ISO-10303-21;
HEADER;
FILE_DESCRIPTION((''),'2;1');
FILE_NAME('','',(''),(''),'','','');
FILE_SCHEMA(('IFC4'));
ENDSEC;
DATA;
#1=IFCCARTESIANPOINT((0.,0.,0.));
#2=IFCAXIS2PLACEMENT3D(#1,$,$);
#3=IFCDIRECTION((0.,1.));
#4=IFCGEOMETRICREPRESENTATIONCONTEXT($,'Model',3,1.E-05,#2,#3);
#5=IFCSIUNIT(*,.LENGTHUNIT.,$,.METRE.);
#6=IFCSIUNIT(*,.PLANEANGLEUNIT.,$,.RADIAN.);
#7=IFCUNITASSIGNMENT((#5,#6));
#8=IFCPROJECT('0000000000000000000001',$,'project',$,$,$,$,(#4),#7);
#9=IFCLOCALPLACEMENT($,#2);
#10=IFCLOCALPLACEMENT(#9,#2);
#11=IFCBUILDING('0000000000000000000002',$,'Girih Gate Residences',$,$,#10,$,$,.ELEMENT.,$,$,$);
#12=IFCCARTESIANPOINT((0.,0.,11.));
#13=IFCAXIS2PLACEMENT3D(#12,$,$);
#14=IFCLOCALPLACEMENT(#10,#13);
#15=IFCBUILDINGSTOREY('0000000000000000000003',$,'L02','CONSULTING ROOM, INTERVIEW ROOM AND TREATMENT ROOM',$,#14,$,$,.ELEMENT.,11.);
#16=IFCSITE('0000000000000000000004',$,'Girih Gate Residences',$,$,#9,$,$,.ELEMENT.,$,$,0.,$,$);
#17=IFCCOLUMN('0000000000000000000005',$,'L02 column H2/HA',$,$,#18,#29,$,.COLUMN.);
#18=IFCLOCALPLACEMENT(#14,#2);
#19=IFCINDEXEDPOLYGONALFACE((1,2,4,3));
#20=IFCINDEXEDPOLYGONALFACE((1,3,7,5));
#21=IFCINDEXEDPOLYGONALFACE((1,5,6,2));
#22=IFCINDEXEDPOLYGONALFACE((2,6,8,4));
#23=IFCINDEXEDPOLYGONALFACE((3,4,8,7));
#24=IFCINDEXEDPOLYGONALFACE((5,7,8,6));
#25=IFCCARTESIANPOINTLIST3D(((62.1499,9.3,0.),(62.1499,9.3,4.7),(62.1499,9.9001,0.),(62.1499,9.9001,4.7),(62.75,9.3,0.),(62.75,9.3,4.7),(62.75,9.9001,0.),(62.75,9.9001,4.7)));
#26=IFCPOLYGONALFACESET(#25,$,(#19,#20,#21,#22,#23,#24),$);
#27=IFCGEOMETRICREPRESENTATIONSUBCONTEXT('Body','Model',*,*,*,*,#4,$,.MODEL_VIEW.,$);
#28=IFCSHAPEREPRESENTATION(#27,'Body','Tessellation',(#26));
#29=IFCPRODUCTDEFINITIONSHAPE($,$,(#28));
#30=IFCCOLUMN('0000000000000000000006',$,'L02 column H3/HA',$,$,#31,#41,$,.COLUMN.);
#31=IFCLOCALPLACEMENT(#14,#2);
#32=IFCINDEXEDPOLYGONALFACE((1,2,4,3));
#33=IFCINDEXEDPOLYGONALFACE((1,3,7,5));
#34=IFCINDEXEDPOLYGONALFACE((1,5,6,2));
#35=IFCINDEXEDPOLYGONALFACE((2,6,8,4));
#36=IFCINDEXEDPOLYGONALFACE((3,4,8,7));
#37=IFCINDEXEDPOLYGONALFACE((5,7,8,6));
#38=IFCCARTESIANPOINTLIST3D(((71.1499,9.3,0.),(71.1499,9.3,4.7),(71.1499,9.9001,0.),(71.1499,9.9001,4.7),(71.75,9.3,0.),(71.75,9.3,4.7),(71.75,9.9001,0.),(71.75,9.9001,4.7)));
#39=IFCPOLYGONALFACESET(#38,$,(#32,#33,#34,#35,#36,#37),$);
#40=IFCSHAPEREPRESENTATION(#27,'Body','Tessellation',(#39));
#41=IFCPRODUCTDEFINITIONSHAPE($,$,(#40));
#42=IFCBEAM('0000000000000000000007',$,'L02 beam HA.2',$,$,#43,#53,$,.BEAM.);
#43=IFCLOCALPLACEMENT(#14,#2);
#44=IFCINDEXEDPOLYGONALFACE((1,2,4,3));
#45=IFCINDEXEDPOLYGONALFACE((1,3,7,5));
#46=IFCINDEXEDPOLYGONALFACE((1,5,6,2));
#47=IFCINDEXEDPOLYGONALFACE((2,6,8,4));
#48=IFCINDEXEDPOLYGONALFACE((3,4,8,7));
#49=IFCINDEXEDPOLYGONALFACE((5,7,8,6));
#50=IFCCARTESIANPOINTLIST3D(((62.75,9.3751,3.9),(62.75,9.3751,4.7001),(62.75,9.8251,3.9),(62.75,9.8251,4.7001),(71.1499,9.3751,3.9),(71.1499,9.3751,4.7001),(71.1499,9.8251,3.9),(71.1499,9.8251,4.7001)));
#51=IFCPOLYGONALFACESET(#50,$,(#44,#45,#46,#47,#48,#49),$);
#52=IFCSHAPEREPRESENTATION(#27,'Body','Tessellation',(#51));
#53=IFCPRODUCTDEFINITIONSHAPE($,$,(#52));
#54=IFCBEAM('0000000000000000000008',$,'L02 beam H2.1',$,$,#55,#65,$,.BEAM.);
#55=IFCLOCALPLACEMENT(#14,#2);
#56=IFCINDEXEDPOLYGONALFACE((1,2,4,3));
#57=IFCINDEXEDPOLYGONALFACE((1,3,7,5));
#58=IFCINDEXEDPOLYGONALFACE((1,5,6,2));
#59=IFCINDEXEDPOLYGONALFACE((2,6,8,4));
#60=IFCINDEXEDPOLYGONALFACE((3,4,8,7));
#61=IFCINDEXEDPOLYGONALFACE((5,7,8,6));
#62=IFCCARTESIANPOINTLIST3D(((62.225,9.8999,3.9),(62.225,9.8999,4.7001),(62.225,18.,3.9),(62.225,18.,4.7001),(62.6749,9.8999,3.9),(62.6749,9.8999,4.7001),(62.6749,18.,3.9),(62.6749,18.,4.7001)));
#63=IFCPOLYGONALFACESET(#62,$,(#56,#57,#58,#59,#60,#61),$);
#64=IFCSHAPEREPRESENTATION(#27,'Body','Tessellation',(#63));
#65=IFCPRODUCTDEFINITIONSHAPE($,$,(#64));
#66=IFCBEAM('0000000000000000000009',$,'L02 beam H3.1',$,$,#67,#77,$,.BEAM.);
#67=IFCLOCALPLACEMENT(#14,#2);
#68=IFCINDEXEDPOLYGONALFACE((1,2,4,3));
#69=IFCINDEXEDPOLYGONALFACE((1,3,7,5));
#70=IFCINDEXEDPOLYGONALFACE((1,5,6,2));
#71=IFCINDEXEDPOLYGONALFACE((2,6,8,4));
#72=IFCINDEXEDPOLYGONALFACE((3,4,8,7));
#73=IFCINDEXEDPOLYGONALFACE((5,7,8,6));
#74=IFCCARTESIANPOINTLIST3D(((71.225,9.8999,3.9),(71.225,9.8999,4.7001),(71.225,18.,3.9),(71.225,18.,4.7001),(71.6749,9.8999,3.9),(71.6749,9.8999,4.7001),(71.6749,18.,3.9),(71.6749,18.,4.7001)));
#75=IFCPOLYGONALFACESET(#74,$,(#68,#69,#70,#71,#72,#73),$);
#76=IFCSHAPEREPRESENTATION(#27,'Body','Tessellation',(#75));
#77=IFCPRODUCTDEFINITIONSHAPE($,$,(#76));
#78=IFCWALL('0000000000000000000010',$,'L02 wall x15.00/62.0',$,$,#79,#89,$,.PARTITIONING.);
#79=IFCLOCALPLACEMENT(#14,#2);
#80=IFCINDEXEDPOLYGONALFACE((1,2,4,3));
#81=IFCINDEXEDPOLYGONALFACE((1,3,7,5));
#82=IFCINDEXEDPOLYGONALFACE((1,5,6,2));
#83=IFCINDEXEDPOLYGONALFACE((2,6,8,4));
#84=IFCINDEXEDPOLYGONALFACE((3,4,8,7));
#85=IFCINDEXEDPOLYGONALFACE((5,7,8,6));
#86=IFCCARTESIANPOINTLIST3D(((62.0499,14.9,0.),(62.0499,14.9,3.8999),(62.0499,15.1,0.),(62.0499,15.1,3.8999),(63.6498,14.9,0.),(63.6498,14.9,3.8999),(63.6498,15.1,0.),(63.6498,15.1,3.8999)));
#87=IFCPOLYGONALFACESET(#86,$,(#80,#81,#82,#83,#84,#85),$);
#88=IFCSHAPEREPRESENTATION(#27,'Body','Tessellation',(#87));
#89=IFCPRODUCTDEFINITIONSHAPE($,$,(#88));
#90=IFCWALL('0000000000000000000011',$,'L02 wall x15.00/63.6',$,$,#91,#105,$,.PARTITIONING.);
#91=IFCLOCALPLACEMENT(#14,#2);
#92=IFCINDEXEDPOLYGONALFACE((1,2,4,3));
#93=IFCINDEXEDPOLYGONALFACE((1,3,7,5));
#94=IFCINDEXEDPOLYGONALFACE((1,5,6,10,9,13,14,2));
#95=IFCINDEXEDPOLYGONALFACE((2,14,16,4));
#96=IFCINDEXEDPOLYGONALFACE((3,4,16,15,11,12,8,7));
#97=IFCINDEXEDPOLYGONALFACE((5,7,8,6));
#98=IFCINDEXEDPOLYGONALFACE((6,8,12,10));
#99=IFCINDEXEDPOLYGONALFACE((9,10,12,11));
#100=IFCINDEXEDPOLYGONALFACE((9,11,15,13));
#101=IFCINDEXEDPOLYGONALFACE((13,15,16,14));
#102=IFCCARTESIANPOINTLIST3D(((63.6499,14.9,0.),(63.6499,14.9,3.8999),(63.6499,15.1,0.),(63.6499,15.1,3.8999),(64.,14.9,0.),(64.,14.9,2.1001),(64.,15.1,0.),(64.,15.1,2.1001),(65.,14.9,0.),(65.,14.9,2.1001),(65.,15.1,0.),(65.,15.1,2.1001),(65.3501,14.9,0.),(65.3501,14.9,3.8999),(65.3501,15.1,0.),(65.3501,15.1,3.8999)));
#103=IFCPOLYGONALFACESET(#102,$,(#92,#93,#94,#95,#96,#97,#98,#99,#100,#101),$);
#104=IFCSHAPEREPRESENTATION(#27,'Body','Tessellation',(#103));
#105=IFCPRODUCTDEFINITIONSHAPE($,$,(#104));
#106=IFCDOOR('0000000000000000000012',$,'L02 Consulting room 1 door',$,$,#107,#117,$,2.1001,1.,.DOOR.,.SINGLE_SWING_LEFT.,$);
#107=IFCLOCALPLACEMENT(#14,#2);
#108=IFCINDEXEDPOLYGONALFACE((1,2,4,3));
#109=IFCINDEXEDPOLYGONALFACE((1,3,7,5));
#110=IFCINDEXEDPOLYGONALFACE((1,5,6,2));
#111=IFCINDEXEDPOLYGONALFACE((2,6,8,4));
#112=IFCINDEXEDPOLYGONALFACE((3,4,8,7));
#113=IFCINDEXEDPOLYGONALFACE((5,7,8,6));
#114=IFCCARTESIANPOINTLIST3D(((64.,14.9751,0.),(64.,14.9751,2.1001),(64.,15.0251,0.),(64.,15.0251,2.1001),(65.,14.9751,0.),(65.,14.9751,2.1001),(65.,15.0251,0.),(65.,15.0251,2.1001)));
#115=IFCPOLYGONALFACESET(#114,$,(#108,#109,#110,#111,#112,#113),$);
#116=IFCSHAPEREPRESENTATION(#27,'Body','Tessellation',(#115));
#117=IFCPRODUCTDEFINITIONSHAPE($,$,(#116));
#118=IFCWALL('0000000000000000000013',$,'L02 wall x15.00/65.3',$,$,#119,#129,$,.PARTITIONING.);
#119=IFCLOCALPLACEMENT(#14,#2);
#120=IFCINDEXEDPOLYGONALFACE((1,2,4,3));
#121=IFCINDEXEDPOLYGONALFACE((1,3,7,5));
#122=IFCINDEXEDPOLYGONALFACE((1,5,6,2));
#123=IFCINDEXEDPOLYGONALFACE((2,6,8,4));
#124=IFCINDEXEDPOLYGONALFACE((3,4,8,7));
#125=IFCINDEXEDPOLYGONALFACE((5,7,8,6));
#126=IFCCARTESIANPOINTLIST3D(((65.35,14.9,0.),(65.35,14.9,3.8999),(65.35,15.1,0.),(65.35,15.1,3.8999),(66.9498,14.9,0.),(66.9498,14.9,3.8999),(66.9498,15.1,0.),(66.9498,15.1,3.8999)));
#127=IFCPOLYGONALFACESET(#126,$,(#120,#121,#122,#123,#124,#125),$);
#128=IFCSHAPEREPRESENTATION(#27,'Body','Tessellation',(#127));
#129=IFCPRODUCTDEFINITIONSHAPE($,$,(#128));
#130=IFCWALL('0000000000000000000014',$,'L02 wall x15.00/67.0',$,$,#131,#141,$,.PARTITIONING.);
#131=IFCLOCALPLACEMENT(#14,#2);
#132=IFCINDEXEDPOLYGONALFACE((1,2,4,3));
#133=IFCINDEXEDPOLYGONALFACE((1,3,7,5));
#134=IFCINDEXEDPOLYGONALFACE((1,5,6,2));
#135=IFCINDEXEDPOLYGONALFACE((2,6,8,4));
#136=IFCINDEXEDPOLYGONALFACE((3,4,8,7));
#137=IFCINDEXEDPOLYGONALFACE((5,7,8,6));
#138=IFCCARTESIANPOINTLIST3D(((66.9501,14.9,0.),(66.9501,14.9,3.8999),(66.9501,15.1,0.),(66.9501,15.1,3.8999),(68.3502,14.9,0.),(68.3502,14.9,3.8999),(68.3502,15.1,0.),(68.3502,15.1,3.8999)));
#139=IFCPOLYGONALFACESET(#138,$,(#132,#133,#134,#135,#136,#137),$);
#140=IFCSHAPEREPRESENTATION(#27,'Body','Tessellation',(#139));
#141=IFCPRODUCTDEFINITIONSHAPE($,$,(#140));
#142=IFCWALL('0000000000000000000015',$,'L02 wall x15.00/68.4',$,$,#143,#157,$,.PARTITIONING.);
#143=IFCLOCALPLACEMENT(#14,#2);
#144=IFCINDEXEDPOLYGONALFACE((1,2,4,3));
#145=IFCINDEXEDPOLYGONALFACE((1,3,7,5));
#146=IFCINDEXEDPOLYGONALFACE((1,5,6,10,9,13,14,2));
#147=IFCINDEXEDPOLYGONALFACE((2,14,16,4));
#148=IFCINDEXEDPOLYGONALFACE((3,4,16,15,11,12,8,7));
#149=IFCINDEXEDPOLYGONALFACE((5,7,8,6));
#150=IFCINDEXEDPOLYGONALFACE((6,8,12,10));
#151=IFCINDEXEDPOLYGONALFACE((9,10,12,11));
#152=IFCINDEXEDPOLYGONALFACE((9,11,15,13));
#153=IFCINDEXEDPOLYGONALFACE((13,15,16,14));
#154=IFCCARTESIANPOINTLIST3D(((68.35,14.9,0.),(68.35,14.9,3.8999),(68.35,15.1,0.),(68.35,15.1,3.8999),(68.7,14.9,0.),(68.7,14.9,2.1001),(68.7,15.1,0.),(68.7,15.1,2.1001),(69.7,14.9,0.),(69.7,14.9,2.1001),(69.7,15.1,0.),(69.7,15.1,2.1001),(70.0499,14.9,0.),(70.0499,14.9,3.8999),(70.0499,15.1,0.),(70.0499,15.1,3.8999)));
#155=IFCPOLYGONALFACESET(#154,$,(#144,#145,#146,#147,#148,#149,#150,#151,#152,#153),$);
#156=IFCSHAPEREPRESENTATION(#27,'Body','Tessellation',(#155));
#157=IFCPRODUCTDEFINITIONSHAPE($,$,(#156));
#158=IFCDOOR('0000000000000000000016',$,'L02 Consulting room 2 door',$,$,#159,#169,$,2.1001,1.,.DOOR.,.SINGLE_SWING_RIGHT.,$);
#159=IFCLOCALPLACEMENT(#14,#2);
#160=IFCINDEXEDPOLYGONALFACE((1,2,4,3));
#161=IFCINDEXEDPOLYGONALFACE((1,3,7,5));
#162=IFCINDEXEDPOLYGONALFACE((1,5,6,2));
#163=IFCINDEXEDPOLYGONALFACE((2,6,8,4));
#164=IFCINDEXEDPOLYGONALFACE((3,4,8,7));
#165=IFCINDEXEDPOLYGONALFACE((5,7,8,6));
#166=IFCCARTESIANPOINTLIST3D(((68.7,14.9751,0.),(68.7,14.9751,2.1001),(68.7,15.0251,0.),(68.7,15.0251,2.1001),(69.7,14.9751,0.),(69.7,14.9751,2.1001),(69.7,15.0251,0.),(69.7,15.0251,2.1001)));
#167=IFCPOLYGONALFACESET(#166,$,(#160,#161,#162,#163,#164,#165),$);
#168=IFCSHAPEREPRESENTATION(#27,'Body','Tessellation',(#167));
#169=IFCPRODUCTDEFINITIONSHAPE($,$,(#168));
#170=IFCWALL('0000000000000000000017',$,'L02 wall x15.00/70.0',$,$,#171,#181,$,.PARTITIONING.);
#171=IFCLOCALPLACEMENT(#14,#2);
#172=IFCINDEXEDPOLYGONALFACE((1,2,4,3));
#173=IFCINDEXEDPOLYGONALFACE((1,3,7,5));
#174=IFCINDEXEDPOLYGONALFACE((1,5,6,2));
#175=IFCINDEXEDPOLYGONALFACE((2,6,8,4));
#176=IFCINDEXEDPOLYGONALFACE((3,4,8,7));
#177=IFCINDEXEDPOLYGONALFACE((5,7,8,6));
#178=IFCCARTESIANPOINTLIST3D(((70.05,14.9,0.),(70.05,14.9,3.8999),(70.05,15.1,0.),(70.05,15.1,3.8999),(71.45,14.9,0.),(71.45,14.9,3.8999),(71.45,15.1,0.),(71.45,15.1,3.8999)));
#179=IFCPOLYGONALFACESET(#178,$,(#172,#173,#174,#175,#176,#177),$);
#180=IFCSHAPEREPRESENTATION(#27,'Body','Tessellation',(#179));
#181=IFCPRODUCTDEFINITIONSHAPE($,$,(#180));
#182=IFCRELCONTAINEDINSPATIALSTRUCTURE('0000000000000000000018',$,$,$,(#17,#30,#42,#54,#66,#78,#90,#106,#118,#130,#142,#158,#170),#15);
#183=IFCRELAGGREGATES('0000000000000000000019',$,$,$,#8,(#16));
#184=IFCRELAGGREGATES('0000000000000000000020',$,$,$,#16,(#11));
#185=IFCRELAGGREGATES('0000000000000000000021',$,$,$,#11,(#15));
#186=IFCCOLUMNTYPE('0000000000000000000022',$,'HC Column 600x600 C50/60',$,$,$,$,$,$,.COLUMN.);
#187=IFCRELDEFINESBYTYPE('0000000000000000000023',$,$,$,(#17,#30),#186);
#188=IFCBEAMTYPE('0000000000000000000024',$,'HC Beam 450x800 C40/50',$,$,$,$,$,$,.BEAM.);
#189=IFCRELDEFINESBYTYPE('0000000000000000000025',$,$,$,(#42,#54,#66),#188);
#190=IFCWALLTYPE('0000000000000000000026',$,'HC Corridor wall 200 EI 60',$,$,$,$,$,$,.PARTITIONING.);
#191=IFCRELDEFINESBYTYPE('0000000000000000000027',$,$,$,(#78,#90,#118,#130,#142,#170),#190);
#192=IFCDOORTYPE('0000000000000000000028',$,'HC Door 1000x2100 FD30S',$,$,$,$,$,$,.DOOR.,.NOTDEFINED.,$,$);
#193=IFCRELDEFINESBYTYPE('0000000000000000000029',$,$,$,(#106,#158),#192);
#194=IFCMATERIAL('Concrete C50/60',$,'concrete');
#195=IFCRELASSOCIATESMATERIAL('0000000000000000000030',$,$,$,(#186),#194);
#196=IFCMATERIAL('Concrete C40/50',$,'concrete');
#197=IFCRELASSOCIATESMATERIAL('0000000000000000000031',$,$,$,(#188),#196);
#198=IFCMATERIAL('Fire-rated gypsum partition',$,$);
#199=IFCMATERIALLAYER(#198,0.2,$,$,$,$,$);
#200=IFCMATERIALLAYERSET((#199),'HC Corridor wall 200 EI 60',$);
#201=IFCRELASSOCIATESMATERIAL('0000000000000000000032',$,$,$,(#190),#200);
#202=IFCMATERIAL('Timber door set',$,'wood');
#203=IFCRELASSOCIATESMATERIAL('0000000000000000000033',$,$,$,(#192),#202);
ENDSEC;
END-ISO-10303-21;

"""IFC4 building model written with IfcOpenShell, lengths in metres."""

from ifc_helpers import new_model, si_unit, direction, frame, frame_2d, origin, origin_2d, place, context, subcontext, project, spatial, rectangle, extrude, material, layer, layer_set, material_profile, profile_set, type_object, element, fill, save


model = new_model("IFC4")

# Units and contexts
model_context = context("Model", 3, precision=1e-05, world=origin(), true_north=direction((0.0, 1.0)))
body_context = subcontext(model_context, "Body", "Model", "MODEL_VIEW")
ifc_project = project(units=[si_unit("LENGTHUNIT", "METRE"), si_unit("PLANEANGLEUNIT", "RADIAN")], contexts=[model_context])

# Site, building, storey
site_placement = place(None, origin())
site = spatial("IfcSite", under=ifc_project, at=site_placement, Name="Girih Gate Residences", CompositionType="ELEMENT", RefElevation=0.0)
building_placement = place(site_placement, origin())
building = spatial("IfcBuilding", under=site, at=building_placement, Name="Girih Gate Residences", CompositionType="ELEMENT")
storey_placement = place(building_placement, frame((0.0, 0.0, 11.0)))
storey = spatial("IfcBuildingStorey", under=building, at=storey_placement, Name="L02", Description="CONSULTING ROOM, INTERVIEW ROOM AND TREATMENT ROOM", CompositionType="ELEMENT", Elevation=11.0)

# Columns
ifc_material_1 = material(Name="Concrete C50/60", Category="concrete")
ifc_material_profile_1 = material_profile(ifc_material_1, rectangle(XDim=0.6001, YDim=0.6001, at=origin_2d()))
ifc_profile_set_1 = profile_set([ifc_material_profile_1], Name="Concrete C50/60")
column_type = type_object("IfcColumnType", Name="HC Column 600x600 C50/60", PredefinedType="COLUMN", material=ifc_profile_set_1)
for number, where, z_axis, x_axis, name in (
    (1, (62.45, 9.6001, 0.0), (0.0, 0.0, 1.0), (1.0, 0.0, 0.0), "L02 column H2/HA"),
    (2, (71.45, 9.6001, 0.0), (0.0, 0.0, 1.0), (1.0, 0.0, 0.0), "L02 column H3/HA"),
):
    element("IfcColumn", number, at=place(storey_placement, frame(where, z_axis=z_axis, x_axis=x_axis)), inside=storey, type_object=column_type, Name=name, PredefinedType="COLUMN", context=body_context, shape_type="SweptSolid", body=[
        extrude(rectangle(XDim=0.6001, YDim=0.6001, at=origin_2d()), origin(), (0.0, 0.0, 1.0), 4.7),
    ])

# Beams
ifc_material_2 = material(Name="Concrete C40/50", Category="concrete")
ifc_material_profile_2 = material_profile(ifc_material_2, rectangle(XDim=0.45, YDim=0.8, at=origin_2d()))
ifc_profile_set_2 = profile_set([ifc_material_profile_2], Name="Concrete C40/50")
beam_type = type_object("IfcBeamType", Name="HC Beam 450x800 C40/50", PredefinedType="BEAM", material=ifc_profile_set_2)
beam_placement = place(storey_placement, frame((62.75, 9.6001, 4.3), z_axis=(1.0, 0.0, 0.0), x_axis=(0.0, 1.0, 0.0)))
element("IfcBeam", 3, at=beam_placement, inside=storey, type_object=beam_type, Name="L02 beam HA.2", PredefinedType="BEAM", context=body_context, shape_type="SweptSolid", body=[
    extrude(rectangle(XDim=0.45, YDim=0.8, at=origin_2d()), origin(), (0.0, 0.0, 1.0), 8.3999),
])
for number, where, z_axis, x_axis, name in (
    (4, (62.45, 9.8999, 4.3), (0.0, 1.0, 0.0), (-1.0, 0.0, 0.0), "L02 beam H2.1"),
    (5, (71.45, 9.8999, 4.3), (0.0, 1.0, 0.0), (-1.0, 0.0, 0.0), "L02 beam H3.1"),
):
    element("IfcBeam", number, at=place(storey_placement, frame(where, z_axis=z_axis, x_axis=x_axis)), inside=storey, type_object=beam_type, Name=name, PredefinedType="BEAM", context=body_context, shape_type="SweptSolid", body=[
        extrude(rectangle(XDim=0.45, YDim=0.8, at=origin_2d()), origin(), (0.0, 0.0, 1.0), 8.1001),
    ])

# Wall
ifc_material_3 = material(Name="Fire-rated gypsum partition")
ifc_layer_1 = layer(ifc_material_3, 0.2)
ifc_layer_set_1 = layer_set([ifc_layer_1], Name="HC Corridor wall 200 EI 60")
wall_type_1 = type_object("IfcWallType", Name="HC Corridor wall 200 EI 60", PredefinedType="PARTITIONING", material=ifc_layer_set_1)
wall_1_placement = place(storey_placement, frame((62.05, 15.0, 0.0), z_axis=(0.0, 0.0, 1.0), x_axis=(1.0, 0.0, 0.0)))
element("IfcWall", 6, at=wall_1_placement, inside=storey, type_object=wall_type_1, Name="L02 wall x15.00/62.0", PredefinedType="PARTITIONING", context=body_context, shape_type="SweptSolid", body=[
    extrude(rectangle(XDim=1.5999, YDim=0.2, at=frame_2d((0.7998, 0.0))), origin(), (0.0, 0.0, 1.0), 3.8999),
])

# Wall, opening, door
wall_2_placement = place(storey_placement, frame((65.3501, 15.0, 0.0), z_axis=(0.0, 0.0, 1.0), x_axis=(-1.0, 0.0, 0.0)))
wall_2 = element("IfcWall", 7, at=wall_2_placement, inside=storey, type_object=wall_type_1, Name="L02 wall x15.00/63.6", PredefinedType="PARTITIONING", context=body_context, shape_type="SweptSolid", body=[
    extrude(rectangle(XDim=1.7002, YDim=0.2, at=frame_2d((0.8501, 0.0))), origin(), (0.0, 0.0, 1.0), 3.8999),
])
opening_1_placement = place(wall_2_placement, frame((0.3501, 0.0, 0.0)))
opening_1 = element("IfcOpeningElement", 8, at=opening_1_placement, cuts=wall_2, PredefinedType="OPENING", context=body_context, shape_type="SweptSolid", body=[
    extrude(rectangle(XDim=1.0, YDim=2.1001, at=frame_2d((0.5, 1.05))), frame((0.0, 0.1099, 0.0), z_axis=(0.0, -1.0, 0.0), x_axis=(1.0, 0.0, 0.0)), (0.0, 0.0, 1.0), 0.22),
])
ifc_material_4 = material(Name="Timber door set", Category="wood")
door_type = type_object("IfcDoorType", Name="HC Door 1000x2100 FD30S", OperationType="NOTDEFINED", PredefinedType="DOOR", material=ifc_material_4)
door_1_placement = place(opening_1_placement, origin())
door_1 = element("IfcDoor", 9, at=door_1_placement, inside=storey, type_object=door_type, Name="L02 Consulting room 1 door", OperationType="SINGLE_SWING_LEFT", OverallHeight=2.1001, OverallWidth=1.0, PredefinedType="DOOR", context=body_context, shape_type="SweptSolid", body=[
    extrude(rectangle(XDim=1.0, YDim=2.1001, at=frame_2d((0.5, 1.05))), frame((0.0, 0.0249, 0.0), z_axis=(0.0, -1.0, 0.0), x_axis=(1.0, 0.0, 0.0)), (0.0, 0.0, 1.0), 0.05),
])
fill(opening_1, door_1)

# Walls
wall_3_placement = place(storey_placement, frame((65.3501, 15.0, 0.0), z_axis=(0.0, 0.0, 1.0), x_axis=(1.0, 0.0, 0.0)))
element("IfcWall", 10, at=wall_3_placement, inside=storey, type_object=wall_type_1, Name="L02 wall x15.00/65.3", PredefinedType="PARTITIONING", context=body_context, shape_type="SweptSolid", body=[
    extrude(rectangle(XDim=1.5999, YDim=0.2, at=frame_2d((0.7998, 0.0))), origin(), (0.0, 0.0, 1.0), 3.8999),
])
wall_4_placement = place(storey_placement, frame((66.95, 15.0, 0.0), z_axis=(0.0, 0.0, 1.0), x_axis=(1.0, 0.0, 0.0)))
element("IfcWall", 11, at=wall_4_placement, inside=storey, type_object=wall_type_1, Name="L02 wall x15.00/67.0", PredefinedType="PARTITIONING", context=body_context, shape_type="SweptSolid", body=[
    extrude(rectangle(XDim=1.4001, YDim=0.2, at=frame_2d((0.7002, 0.0))), origin(), (0.0, 0.0, 1.0), 3.8999),
])

# Wall, opening, door
wall_5_placement = place(storey_placement, frame((70.05, 15.0, 0.0), z_axis=(0.0, 0.0, 1.0), x_axis=(-1.0, 0.0, 0.0)))
wall_5 = element("IfcWall", 12, at=wall_5_placement, inside=storey, type_object=wall_type_1, Name="L02 wall x15.00/68.4", PredefinedType="PARTITIONING", context=body_context, shape_type="SweptSolid", body=[
    extrude(rectangle(XDim=1.7, YDim=0.2, at=frame_2d((0.8501, 0.0))), origin(), (0.0, 0.0, 1.0), 3.8999),
])
opening_2_placement = place(wall_5_placement, frame((0.3501, 0.0, 0.0)))
opening_2 = element("IfcOpeningElement", 13, at=opening_2_placement, cuts=wall_5, PredefinedType="OPENING", context=body_context, shape_type="SweptSolid", body=[
    extrude(rectangle(XDim=1.0, YDim=2.1001, at=frame_2d((0.5, 1.05))), frame((0.0, 0.1099, 0.0), z_axis=(0.0, -1.0, 0.0), x_axis=(1.0, 0.0, 0.0)), (0.0, 0.0, 1.0), 0.22),
])
door_2_placement = place(opening_2_placement, origin())
door_2 = element("IfcDoor", 14, at=door_2_placement, inside=storey, type_object=door_type, Name="L02 Consulting room 2 door", OperationType="SINGLE_SWING_RIGHT", OverallHeight=2.1001, OverallWidth=1.0, PredefinedType="DOOR", context=body_context, shape_type="SweptSolid", body=[
    extrude(rectangle(XDim=1.0, YDim=2.1001, at=frame_2d((0.5, 1.05))), frame((0.0, 0.0249, 0.0), z_axis=(0.0, -1.0, 0.0), x_axis=(1.0, 0.0, 0.0)), (0.0, 0.0, 1.0), 0.05),
])
fill(opening_2, door_2)

# Wall
wall_6_placement = place(storey_placement, frame((70.05, 15.0, 0.0), z_axis=(0.0, 0.0, 1.0), x_axis=(1.0, 0.0, 0.0)))
element("IfcWall", 15, at=wall_6_placement, inside=storey, type_object=wall_type_1, Name="L02 wall x15.00/70.0", PredefinedType="PARTITIONING", context=body_context, shape_type="SweptSolid", body=[
    extrude(rectangle(XDim=1.3999, YDim=0.2, at=frame_2d((0.7, 0.0))), origin(), (0.0, 0.0, 1.0), 3.8999),
])

save(model, "model.ifc")
